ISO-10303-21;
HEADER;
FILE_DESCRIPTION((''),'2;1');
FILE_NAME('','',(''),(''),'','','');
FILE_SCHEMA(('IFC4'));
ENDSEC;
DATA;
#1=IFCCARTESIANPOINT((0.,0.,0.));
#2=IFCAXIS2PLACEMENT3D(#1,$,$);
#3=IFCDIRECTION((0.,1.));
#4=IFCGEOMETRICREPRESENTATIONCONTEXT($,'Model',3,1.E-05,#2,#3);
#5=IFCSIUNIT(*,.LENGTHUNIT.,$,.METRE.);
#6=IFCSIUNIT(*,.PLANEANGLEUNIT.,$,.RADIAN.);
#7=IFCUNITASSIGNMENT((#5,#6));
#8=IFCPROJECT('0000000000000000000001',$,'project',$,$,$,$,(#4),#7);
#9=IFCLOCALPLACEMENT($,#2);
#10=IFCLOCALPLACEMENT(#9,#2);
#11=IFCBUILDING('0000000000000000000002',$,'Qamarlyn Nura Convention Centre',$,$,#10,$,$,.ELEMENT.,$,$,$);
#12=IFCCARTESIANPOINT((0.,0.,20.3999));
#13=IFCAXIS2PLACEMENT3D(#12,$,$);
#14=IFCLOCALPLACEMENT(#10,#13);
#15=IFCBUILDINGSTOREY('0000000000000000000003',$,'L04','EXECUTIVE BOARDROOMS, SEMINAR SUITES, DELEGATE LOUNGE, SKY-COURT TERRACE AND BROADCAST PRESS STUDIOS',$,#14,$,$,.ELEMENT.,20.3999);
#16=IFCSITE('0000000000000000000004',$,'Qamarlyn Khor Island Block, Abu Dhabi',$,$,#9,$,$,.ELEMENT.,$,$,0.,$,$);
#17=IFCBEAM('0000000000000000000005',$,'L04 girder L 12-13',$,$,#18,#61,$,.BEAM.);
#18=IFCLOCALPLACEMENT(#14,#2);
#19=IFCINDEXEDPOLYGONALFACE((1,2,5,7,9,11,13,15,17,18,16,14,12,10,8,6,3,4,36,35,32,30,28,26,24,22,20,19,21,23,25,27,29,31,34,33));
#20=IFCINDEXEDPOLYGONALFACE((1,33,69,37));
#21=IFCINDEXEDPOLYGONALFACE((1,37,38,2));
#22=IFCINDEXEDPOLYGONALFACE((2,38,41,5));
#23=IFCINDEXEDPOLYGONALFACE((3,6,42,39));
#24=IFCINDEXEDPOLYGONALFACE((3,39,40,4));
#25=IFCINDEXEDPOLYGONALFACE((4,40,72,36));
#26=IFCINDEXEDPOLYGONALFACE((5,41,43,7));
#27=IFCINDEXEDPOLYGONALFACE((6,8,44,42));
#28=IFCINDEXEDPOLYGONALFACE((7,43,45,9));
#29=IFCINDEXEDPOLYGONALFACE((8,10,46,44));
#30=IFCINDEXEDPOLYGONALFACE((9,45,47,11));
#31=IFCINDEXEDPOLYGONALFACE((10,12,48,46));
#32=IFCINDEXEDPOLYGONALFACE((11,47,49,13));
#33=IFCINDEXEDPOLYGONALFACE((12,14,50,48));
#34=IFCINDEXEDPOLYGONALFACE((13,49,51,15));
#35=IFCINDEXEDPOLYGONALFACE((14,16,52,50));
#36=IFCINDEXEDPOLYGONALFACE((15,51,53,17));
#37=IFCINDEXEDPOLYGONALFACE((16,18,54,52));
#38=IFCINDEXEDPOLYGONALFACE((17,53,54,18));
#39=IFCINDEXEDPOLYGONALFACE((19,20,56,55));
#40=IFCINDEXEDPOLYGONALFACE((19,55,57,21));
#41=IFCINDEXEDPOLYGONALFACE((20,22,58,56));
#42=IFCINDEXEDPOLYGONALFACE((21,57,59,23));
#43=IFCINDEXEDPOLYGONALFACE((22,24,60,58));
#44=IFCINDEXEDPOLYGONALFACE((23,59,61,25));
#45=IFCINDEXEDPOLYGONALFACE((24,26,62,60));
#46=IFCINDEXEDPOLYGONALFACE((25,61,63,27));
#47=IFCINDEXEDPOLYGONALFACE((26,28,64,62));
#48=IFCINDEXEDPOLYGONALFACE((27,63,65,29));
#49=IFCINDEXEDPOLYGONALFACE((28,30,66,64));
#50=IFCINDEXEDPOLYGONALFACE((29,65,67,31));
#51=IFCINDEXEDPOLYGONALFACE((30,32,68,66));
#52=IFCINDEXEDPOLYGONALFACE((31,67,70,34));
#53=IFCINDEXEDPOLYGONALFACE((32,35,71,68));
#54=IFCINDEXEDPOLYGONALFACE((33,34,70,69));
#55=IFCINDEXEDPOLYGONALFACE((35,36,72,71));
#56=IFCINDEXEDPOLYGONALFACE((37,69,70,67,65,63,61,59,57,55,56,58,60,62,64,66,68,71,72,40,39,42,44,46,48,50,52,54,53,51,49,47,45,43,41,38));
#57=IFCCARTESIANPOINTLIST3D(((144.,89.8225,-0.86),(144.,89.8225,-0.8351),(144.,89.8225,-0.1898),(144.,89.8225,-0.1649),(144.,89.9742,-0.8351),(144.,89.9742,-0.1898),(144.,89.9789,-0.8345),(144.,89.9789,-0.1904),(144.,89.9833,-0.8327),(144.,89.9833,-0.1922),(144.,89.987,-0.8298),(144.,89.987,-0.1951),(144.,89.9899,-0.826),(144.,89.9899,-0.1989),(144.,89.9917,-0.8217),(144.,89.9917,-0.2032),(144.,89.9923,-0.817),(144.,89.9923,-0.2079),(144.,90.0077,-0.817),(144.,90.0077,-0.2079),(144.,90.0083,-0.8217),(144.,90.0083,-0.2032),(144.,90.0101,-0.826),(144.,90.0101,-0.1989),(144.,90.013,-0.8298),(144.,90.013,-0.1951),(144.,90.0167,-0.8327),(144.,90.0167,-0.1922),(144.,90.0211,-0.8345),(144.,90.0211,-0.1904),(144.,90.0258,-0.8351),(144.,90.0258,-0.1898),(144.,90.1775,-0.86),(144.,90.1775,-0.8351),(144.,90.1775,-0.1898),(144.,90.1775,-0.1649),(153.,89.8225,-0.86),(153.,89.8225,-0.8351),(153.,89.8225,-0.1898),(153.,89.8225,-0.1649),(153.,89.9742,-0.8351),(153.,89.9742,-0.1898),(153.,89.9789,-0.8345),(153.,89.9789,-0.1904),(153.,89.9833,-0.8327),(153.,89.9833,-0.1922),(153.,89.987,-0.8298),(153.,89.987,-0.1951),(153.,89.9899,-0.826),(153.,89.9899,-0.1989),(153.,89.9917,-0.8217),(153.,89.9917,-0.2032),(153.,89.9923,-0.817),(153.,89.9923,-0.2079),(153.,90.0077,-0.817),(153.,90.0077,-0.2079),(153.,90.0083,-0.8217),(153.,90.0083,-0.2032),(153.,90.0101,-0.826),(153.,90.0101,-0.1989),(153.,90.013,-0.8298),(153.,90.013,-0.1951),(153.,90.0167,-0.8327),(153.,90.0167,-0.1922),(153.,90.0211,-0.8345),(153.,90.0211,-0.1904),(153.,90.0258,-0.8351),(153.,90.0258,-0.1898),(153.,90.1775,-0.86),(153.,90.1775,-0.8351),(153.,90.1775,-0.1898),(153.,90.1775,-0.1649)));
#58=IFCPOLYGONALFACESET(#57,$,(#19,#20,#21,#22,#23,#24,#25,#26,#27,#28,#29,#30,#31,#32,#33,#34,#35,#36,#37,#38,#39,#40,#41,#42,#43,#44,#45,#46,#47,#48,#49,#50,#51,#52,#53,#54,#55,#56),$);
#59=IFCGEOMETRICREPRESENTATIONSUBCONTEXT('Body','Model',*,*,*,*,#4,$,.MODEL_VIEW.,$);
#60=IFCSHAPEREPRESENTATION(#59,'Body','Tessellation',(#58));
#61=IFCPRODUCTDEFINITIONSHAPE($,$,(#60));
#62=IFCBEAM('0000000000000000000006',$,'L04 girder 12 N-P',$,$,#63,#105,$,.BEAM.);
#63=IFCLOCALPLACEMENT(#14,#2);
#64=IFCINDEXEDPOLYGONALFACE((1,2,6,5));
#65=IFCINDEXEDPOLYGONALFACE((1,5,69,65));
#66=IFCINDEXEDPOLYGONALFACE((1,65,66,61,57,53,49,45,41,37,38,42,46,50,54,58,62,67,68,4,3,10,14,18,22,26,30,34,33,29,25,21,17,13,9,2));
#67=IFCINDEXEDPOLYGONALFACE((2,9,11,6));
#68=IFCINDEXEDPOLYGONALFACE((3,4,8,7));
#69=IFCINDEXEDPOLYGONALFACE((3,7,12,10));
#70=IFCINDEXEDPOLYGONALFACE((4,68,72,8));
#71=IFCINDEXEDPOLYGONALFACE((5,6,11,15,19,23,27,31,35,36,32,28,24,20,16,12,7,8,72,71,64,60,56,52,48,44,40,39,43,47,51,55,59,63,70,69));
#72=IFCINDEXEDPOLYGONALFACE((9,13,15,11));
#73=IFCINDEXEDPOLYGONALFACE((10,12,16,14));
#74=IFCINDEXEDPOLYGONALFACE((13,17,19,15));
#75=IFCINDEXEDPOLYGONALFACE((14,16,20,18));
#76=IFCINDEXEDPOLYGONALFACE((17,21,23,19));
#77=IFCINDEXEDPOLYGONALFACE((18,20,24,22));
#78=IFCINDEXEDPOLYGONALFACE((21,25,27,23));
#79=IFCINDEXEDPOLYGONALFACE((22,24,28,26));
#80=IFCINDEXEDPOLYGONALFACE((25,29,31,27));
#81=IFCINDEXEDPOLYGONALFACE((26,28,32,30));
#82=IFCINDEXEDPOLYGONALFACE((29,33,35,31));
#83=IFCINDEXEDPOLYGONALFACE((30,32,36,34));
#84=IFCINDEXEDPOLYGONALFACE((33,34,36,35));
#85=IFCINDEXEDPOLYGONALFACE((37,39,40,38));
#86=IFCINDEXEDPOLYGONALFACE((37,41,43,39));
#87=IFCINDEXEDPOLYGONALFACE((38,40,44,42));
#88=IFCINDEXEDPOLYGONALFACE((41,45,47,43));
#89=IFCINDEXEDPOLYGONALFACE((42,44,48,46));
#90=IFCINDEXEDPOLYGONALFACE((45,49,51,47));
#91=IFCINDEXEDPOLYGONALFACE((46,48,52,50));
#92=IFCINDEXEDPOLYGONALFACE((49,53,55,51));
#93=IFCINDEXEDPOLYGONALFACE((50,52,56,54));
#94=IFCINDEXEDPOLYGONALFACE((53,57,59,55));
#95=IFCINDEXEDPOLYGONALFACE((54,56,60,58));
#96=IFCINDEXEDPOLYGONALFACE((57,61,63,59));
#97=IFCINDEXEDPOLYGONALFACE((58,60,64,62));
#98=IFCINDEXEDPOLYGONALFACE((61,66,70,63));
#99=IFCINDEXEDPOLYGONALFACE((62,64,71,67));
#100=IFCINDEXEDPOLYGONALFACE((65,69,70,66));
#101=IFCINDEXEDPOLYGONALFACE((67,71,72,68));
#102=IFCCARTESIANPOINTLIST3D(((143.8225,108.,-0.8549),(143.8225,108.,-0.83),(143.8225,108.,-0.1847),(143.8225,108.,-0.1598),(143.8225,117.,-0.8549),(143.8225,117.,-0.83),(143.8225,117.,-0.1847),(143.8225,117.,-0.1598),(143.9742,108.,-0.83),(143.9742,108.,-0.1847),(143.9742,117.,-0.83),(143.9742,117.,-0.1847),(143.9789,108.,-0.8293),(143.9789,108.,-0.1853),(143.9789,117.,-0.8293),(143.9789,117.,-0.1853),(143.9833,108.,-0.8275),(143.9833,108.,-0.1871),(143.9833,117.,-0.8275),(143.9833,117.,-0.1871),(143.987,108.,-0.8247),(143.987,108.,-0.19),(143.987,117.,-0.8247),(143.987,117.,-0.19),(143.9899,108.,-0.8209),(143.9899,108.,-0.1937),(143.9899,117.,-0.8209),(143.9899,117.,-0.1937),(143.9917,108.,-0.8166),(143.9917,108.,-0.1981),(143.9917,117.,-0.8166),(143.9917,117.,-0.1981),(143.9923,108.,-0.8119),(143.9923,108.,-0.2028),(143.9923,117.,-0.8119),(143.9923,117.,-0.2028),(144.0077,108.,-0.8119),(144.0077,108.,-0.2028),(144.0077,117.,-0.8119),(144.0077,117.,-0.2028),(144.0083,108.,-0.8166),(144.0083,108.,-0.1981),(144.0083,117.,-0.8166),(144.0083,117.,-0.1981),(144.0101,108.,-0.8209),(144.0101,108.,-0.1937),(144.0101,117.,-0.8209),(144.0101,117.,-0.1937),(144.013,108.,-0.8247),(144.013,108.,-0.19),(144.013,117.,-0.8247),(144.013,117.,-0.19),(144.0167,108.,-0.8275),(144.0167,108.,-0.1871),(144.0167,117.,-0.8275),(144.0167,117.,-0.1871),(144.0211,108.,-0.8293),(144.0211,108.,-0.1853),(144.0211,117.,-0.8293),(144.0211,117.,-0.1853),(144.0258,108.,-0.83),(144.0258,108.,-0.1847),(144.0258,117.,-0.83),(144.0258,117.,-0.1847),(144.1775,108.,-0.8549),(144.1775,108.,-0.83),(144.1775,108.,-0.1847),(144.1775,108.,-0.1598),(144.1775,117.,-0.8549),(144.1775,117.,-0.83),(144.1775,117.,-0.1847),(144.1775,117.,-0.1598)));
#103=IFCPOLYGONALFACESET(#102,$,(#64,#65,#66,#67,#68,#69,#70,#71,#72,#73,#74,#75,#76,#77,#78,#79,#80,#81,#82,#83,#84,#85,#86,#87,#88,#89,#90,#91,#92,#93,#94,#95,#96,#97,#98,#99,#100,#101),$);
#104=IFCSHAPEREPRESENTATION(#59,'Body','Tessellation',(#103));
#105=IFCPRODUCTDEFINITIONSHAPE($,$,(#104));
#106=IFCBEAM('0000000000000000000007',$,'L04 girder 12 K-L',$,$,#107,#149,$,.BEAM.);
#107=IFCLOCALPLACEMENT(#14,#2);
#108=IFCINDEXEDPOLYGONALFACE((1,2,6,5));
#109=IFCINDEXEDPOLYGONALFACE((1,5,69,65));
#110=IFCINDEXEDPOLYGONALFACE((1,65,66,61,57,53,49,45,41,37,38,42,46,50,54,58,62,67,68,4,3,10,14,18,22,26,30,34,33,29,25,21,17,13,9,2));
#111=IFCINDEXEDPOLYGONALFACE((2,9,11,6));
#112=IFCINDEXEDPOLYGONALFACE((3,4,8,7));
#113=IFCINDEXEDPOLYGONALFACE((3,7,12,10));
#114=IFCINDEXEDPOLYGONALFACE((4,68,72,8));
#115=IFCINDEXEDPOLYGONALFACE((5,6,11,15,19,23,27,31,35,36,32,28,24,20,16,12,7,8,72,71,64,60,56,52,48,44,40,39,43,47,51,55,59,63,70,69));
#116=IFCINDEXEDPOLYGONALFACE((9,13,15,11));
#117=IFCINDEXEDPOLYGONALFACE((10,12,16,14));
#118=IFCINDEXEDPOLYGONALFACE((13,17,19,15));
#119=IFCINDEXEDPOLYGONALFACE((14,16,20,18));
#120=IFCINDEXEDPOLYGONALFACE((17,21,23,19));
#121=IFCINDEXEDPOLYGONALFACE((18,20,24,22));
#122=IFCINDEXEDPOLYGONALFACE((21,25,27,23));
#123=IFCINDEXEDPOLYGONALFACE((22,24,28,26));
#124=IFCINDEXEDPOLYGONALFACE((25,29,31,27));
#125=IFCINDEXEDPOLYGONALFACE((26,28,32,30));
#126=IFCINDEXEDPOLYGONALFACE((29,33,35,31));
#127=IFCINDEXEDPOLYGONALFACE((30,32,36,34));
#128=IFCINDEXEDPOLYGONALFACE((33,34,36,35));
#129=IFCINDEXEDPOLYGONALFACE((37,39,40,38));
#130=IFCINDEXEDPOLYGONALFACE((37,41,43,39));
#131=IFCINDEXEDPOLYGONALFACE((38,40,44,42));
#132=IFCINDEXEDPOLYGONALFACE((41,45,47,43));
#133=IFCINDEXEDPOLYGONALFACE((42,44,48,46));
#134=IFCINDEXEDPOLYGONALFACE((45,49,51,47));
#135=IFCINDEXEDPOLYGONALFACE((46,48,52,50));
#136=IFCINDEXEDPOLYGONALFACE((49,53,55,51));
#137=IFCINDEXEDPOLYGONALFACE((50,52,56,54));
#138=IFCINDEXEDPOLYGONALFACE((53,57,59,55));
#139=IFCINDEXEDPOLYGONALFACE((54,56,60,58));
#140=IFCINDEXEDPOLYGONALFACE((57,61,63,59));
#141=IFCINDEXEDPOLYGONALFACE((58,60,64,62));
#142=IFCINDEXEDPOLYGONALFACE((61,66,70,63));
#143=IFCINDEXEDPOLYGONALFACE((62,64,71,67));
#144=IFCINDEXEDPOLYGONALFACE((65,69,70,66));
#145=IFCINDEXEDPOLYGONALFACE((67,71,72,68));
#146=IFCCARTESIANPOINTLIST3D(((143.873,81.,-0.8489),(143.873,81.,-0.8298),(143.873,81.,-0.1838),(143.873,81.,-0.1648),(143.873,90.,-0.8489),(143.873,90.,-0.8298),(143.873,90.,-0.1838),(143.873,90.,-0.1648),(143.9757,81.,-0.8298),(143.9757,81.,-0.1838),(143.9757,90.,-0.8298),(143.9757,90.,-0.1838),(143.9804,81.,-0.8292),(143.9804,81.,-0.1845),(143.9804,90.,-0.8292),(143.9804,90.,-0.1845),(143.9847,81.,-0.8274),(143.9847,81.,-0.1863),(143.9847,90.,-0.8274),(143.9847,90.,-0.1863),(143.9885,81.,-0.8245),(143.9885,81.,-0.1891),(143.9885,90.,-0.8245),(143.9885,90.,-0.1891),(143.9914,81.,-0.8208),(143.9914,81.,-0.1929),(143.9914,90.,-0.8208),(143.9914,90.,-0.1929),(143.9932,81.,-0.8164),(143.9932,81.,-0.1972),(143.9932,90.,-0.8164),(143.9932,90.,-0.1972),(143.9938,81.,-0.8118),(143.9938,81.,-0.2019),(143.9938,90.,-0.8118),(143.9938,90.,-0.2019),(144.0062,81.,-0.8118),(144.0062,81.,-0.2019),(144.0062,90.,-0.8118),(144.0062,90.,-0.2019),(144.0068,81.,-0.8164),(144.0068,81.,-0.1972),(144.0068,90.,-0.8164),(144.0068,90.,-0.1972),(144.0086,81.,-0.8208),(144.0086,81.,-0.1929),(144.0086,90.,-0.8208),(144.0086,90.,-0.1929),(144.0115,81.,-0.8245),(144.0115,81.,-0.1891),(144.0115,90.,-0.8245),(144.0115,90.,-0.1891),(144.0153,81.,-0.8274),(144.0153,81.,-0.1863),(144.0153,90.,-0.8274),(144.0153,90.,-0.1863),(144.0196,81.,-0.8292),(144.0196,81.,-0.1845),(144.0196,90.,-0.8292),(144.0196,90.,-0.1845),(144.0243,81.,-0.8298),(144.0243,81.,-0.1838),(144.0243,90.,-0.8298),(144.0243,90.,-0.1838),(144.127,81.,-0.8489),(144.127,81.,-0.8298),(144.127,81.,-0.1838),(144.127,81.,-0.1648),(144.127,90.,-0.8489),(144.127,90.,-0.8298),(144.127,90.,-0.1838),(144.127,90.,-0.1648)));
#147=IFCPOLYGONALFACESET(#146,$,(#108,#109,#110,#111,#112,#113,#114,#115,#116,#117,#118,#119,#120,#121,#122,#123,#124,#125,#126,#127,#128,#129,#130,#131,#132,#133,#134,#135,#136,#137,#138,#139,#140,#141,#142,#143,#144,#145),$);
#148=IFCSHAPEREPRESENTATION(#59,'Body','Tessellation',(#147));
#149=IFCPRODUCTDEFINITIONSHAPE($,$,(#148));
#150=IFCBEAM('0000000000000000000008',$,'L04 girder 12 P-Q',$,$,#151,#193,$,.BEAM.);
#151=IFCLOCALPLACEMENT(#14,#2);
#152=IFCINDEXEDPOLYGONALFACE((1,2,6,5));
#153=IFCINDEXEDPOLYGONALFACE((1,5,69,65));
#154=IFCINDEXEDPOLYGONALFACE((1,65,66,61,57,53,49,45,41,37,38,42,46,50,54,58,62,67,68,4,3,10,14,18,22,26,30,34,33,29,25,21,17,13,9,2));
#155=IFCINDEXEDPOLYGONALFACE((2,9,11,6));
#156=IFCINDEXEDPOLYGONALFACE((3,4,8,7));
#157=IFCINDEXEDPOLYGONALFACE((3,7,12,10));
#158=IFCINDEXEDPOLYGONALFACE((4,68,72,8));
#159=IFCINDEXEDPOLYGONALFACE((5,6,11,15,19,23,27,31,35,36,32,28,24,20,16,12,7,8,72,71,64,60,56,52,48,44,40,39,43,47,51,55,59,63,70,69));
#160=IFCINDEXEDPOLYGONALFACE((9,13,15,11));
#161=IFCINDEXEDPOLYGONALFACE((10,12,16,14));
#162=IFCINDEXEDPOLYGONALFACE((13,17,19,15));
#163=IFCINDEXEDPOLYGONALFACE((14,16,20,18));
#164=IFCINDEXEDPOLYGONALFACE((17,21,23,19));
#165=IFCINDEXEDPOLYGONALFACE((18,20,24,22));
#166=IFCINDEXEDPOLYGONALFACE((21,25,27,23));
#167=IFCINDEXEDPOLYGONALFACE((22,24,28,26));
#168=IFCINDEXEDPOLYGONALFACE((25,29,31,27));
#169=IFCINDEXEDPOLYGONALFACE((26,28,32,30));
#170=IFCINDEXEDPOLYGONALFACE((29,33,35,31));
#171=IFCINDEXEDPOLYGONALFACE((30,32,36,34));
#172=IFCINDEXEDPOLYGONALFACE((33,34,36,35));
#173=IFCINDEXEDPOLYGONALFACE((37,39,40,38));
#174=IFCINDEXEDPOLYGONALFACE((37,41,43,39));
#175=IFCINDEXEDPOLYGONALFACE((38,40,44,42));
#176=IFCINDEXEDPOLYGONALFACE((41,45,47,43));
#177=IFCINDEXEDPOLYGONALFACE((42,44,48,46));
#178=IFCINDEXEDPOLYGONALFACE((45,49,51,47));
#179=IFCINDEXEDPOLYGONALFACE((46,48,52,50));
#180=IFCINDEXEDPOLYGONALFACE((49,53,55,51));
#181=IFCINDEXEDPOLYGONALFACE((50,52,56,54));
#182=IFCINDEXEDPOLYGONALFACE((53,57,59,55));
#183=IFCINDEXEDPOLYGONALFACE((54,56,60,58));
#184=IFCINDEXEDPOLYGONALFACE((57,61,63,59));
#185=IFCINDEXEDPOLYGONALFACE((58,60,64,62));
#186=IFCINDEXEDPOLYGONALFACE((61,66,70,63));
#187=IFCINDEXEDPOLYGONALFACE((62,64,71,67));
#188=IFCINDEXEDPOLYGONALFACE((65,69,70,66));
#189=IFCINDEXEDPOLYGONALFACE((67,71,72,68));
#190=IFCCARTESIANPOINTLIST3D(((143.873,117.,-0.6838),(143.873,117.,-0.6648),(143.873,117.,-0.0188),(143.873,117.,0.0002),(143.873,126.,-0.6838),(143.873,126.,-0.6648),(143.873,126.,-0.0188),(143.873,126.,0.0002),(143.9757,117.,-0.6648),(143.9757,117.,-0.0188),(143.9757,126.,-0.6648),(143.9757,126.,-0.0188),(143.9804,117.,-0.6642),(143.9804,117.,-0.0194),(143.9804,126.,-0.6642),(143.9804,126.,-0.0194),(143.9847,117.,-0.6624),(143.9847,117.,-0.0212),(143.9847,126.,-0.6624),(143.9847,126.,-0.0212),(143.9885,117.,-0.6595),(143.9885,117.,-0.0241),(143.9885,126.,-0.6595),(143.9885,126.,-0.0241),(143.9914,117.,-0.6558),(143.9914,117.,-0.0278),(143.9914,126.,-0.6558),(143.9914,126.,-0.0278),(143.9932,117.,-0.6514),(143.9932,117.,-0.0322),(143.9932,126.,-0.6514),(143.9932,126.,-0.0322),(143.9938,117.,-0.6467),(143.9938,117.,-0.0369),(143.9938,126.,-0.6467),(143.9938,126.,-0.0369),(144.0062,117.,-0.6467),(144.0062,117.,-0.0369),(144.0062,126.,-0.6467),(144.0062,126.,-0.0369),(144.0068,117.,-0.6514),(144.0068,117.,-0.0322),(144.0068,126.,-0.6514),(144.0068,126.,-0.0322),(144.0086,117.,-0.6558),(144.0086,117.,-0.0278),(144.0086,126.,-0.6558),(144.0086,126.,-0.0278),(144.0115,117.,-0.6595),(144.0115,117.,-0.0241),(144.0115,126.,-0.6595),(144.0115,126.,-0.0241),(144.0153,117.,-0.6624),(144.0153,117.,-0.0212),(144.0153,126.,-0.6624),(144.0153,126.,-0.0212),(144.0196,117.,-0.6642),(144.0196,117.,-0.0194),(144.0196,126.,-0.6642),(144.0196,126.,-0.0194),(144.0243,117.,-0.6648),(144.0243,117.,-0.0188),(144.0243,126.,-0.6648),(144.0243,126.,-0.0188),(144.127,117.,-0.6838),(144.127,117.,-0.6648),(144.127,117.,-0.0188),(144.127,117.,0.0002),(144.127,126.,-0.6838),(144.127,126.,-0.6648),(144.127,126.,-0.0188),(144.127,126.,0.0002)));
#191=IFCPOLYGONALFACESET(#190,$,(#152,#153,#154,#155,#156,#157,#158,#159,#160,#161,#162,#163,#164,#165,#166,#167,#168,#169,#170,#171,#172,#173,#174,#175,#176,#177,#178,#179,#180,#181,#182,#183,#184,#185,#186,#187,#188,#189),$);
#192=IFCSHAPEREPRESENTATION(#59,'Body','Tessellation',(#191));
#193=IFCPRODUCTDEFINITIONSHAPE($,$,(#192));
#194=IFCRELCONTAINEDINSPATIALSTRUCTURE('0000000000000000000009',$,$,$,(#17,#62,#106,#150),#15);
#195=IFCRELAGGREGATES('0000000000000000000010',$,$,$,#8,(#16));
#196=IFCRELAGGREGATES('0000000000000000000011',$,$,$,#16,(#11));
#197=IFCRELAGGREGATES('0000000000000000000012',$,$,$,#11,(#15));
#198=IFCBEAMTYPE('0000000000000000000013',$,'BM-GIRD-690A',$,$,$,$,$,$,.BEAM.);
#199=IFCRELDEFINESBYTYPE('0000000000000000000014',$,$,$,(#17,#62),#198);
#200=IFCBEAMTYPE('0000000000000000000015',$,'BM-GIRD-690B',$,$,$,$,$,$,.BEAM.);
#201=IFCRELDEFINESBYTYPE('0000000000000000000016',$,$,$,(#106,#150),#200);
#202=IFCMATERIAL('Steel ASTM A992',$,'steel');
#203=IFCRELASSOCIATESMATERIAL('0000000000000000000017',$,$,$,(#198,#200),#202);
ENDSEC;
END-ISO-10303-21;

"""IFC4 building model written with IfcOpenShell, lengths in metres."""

from ifc_helpers import new_model, si_unit, direction, frame, origin, origin_2d, place, context, subcontext, project, spatial, i_section, extrude, material, material_profile, profile_set, type_object, element, save


model = new_model("IFC4")

# Units and contexts
model_context = context("Model", 3, precision=1e-05, world=origin(), true_north=direction((0.0, 1.0)))
body_context = subcontext(model_context, "Body", "Model", "MODEL_VIEW")
ifc_project = project(units=[si_unit("LENGTHUNIT", "METRE"), si_unit("PLANEANGLEUNIT", "RADIAN")], contexts=[model_context])

# Site, building, storey
site_placement = place(None, origin())
site = spatial("IfcSite", under=ifc_project, at=site_placement, Name="Qamarlyn Khor Island Block, Abu Dhabi", CompositionType="ELEMENT", RefElevation=0.0)
building_placement = place(site_placement, origin())
building = spatial("IfcBuilding", under=site, at=building_placement, Name="Qamarlyn Nura Convention Centre", CompositionType="ELEMENT")
storey_placement = place(building_placement, frame((0.0, 0.0, 20.3999)))
storey = spatial("IfcBuildingStorey", under=building, at=storey_placement, Name="L04", Description="EXECUTIVE BOARDROOMS, SEMINAR SUITES, DELEGATE LOUNGE, SKY-COURT TERRACE AND BROADCAST PRESS STUDIOS", CompositionType="ELEMENT", Elevation=20.3999)

# Beams
ifc_material_1 = material(Name="Steel ASTM A992", Category="steel")
ifc_material_profile_1 = material_profile(ifc_material_1, i_section(OverallWidth=0.355, OverallDepth=0.6951, WebThickness=0.0154, FlangeThickness=0.0249, FilletRadius=0.0181, at=origin_2d()), Name="W690X217")
ifc_profile_set_1 = profile_set([ifc_material_profile_1], Name="Steel ASTM A992")
beam_type_1 = type_object("IfcBeamType", Name="BM-GIRD-690A", PredefinedType="BEAM", material=ifc_profile_set_1)
for number, where, z_axis, x_axis, name in (
    (1, (144.0, 90.0, -0.5125), (1.0, 0.0, 0.0), (0.0, 1.0, 0.0), "L04 girder L 12-13"),
    (2, (144.0, 108.0, -0.5073), (0.0, 1.0, 0.0), (-1.0, 0.0, 0.0), "L04 girder 12 N-P"),
):
    element("IfcBeam", number, at=place(storey_placement, frame(where, z_axis=z_axis, x_axis=x_axis)), inside=storey, type_object=beam_type_1, Name=name, PredefinedType="BEAM", context=body_context, shape_type="SweptSolid", body=[
        extrude(i_section(OverallWidth=0.355, OverallDepth=0.6951, WebThickness=0.0154, FlangeThickness=0.0249, FilletRadius=0.0181, at=origin_2d()), origin(), (0.0, 0.0, 1.0), 9.0),
    ])
ifc_material_profile_2 = material_profile(ifc_material_1, i_section(OverallWidth=0.2539, OverallDepth=0.6841, WebThickness=0.0125, FlangeThickness=0.019, FilletRadius=0.0181, at=origin_2d()), Name="W690X140")
ifc_profile_set_2 = profile_set([ifc_material_profile_2], Name="Steel ASTM A992")
beam_type_2 = type_object("IfcBeamType", Name="BM-GIRD-690B", PredefinedType="BEAM", material=ifc_profile_set_2)
for number, where, z_axis, x_axis, name in (
    (3, (144.0, 81.0, -0.5068), (0.0, 1.0, 0.0), (-1.0, 0.0, 0.0), "L04 girder 12 K-L"),
    (4, (144.0, 117.0, -0.3418), (0.0, 1.0, 0.0), (-1.0, 0.0, 0.0), "L04 girder 12 P-Q"),
):
    element("IfcBeam", number, at=place(storey_placement, frame(where, z_axis=z_axis, x_axis=x_axis)), inside=storey, type_object=beam_type_2, Name=name, PredefinedType="BEAM", context=body_context, shape_type="SweptSolid", body=[
        extrude(i_section(OverallWidth=0.2539, OverallDepth=0.6841, WebThickness=0.0125, FlangeThickness=0.019, FilletRadius=0.0181, at=origin_2d()), origin(), (0.0, 0.0, 1.0), 9.0),
    ])

save(model, "model.ifc")
